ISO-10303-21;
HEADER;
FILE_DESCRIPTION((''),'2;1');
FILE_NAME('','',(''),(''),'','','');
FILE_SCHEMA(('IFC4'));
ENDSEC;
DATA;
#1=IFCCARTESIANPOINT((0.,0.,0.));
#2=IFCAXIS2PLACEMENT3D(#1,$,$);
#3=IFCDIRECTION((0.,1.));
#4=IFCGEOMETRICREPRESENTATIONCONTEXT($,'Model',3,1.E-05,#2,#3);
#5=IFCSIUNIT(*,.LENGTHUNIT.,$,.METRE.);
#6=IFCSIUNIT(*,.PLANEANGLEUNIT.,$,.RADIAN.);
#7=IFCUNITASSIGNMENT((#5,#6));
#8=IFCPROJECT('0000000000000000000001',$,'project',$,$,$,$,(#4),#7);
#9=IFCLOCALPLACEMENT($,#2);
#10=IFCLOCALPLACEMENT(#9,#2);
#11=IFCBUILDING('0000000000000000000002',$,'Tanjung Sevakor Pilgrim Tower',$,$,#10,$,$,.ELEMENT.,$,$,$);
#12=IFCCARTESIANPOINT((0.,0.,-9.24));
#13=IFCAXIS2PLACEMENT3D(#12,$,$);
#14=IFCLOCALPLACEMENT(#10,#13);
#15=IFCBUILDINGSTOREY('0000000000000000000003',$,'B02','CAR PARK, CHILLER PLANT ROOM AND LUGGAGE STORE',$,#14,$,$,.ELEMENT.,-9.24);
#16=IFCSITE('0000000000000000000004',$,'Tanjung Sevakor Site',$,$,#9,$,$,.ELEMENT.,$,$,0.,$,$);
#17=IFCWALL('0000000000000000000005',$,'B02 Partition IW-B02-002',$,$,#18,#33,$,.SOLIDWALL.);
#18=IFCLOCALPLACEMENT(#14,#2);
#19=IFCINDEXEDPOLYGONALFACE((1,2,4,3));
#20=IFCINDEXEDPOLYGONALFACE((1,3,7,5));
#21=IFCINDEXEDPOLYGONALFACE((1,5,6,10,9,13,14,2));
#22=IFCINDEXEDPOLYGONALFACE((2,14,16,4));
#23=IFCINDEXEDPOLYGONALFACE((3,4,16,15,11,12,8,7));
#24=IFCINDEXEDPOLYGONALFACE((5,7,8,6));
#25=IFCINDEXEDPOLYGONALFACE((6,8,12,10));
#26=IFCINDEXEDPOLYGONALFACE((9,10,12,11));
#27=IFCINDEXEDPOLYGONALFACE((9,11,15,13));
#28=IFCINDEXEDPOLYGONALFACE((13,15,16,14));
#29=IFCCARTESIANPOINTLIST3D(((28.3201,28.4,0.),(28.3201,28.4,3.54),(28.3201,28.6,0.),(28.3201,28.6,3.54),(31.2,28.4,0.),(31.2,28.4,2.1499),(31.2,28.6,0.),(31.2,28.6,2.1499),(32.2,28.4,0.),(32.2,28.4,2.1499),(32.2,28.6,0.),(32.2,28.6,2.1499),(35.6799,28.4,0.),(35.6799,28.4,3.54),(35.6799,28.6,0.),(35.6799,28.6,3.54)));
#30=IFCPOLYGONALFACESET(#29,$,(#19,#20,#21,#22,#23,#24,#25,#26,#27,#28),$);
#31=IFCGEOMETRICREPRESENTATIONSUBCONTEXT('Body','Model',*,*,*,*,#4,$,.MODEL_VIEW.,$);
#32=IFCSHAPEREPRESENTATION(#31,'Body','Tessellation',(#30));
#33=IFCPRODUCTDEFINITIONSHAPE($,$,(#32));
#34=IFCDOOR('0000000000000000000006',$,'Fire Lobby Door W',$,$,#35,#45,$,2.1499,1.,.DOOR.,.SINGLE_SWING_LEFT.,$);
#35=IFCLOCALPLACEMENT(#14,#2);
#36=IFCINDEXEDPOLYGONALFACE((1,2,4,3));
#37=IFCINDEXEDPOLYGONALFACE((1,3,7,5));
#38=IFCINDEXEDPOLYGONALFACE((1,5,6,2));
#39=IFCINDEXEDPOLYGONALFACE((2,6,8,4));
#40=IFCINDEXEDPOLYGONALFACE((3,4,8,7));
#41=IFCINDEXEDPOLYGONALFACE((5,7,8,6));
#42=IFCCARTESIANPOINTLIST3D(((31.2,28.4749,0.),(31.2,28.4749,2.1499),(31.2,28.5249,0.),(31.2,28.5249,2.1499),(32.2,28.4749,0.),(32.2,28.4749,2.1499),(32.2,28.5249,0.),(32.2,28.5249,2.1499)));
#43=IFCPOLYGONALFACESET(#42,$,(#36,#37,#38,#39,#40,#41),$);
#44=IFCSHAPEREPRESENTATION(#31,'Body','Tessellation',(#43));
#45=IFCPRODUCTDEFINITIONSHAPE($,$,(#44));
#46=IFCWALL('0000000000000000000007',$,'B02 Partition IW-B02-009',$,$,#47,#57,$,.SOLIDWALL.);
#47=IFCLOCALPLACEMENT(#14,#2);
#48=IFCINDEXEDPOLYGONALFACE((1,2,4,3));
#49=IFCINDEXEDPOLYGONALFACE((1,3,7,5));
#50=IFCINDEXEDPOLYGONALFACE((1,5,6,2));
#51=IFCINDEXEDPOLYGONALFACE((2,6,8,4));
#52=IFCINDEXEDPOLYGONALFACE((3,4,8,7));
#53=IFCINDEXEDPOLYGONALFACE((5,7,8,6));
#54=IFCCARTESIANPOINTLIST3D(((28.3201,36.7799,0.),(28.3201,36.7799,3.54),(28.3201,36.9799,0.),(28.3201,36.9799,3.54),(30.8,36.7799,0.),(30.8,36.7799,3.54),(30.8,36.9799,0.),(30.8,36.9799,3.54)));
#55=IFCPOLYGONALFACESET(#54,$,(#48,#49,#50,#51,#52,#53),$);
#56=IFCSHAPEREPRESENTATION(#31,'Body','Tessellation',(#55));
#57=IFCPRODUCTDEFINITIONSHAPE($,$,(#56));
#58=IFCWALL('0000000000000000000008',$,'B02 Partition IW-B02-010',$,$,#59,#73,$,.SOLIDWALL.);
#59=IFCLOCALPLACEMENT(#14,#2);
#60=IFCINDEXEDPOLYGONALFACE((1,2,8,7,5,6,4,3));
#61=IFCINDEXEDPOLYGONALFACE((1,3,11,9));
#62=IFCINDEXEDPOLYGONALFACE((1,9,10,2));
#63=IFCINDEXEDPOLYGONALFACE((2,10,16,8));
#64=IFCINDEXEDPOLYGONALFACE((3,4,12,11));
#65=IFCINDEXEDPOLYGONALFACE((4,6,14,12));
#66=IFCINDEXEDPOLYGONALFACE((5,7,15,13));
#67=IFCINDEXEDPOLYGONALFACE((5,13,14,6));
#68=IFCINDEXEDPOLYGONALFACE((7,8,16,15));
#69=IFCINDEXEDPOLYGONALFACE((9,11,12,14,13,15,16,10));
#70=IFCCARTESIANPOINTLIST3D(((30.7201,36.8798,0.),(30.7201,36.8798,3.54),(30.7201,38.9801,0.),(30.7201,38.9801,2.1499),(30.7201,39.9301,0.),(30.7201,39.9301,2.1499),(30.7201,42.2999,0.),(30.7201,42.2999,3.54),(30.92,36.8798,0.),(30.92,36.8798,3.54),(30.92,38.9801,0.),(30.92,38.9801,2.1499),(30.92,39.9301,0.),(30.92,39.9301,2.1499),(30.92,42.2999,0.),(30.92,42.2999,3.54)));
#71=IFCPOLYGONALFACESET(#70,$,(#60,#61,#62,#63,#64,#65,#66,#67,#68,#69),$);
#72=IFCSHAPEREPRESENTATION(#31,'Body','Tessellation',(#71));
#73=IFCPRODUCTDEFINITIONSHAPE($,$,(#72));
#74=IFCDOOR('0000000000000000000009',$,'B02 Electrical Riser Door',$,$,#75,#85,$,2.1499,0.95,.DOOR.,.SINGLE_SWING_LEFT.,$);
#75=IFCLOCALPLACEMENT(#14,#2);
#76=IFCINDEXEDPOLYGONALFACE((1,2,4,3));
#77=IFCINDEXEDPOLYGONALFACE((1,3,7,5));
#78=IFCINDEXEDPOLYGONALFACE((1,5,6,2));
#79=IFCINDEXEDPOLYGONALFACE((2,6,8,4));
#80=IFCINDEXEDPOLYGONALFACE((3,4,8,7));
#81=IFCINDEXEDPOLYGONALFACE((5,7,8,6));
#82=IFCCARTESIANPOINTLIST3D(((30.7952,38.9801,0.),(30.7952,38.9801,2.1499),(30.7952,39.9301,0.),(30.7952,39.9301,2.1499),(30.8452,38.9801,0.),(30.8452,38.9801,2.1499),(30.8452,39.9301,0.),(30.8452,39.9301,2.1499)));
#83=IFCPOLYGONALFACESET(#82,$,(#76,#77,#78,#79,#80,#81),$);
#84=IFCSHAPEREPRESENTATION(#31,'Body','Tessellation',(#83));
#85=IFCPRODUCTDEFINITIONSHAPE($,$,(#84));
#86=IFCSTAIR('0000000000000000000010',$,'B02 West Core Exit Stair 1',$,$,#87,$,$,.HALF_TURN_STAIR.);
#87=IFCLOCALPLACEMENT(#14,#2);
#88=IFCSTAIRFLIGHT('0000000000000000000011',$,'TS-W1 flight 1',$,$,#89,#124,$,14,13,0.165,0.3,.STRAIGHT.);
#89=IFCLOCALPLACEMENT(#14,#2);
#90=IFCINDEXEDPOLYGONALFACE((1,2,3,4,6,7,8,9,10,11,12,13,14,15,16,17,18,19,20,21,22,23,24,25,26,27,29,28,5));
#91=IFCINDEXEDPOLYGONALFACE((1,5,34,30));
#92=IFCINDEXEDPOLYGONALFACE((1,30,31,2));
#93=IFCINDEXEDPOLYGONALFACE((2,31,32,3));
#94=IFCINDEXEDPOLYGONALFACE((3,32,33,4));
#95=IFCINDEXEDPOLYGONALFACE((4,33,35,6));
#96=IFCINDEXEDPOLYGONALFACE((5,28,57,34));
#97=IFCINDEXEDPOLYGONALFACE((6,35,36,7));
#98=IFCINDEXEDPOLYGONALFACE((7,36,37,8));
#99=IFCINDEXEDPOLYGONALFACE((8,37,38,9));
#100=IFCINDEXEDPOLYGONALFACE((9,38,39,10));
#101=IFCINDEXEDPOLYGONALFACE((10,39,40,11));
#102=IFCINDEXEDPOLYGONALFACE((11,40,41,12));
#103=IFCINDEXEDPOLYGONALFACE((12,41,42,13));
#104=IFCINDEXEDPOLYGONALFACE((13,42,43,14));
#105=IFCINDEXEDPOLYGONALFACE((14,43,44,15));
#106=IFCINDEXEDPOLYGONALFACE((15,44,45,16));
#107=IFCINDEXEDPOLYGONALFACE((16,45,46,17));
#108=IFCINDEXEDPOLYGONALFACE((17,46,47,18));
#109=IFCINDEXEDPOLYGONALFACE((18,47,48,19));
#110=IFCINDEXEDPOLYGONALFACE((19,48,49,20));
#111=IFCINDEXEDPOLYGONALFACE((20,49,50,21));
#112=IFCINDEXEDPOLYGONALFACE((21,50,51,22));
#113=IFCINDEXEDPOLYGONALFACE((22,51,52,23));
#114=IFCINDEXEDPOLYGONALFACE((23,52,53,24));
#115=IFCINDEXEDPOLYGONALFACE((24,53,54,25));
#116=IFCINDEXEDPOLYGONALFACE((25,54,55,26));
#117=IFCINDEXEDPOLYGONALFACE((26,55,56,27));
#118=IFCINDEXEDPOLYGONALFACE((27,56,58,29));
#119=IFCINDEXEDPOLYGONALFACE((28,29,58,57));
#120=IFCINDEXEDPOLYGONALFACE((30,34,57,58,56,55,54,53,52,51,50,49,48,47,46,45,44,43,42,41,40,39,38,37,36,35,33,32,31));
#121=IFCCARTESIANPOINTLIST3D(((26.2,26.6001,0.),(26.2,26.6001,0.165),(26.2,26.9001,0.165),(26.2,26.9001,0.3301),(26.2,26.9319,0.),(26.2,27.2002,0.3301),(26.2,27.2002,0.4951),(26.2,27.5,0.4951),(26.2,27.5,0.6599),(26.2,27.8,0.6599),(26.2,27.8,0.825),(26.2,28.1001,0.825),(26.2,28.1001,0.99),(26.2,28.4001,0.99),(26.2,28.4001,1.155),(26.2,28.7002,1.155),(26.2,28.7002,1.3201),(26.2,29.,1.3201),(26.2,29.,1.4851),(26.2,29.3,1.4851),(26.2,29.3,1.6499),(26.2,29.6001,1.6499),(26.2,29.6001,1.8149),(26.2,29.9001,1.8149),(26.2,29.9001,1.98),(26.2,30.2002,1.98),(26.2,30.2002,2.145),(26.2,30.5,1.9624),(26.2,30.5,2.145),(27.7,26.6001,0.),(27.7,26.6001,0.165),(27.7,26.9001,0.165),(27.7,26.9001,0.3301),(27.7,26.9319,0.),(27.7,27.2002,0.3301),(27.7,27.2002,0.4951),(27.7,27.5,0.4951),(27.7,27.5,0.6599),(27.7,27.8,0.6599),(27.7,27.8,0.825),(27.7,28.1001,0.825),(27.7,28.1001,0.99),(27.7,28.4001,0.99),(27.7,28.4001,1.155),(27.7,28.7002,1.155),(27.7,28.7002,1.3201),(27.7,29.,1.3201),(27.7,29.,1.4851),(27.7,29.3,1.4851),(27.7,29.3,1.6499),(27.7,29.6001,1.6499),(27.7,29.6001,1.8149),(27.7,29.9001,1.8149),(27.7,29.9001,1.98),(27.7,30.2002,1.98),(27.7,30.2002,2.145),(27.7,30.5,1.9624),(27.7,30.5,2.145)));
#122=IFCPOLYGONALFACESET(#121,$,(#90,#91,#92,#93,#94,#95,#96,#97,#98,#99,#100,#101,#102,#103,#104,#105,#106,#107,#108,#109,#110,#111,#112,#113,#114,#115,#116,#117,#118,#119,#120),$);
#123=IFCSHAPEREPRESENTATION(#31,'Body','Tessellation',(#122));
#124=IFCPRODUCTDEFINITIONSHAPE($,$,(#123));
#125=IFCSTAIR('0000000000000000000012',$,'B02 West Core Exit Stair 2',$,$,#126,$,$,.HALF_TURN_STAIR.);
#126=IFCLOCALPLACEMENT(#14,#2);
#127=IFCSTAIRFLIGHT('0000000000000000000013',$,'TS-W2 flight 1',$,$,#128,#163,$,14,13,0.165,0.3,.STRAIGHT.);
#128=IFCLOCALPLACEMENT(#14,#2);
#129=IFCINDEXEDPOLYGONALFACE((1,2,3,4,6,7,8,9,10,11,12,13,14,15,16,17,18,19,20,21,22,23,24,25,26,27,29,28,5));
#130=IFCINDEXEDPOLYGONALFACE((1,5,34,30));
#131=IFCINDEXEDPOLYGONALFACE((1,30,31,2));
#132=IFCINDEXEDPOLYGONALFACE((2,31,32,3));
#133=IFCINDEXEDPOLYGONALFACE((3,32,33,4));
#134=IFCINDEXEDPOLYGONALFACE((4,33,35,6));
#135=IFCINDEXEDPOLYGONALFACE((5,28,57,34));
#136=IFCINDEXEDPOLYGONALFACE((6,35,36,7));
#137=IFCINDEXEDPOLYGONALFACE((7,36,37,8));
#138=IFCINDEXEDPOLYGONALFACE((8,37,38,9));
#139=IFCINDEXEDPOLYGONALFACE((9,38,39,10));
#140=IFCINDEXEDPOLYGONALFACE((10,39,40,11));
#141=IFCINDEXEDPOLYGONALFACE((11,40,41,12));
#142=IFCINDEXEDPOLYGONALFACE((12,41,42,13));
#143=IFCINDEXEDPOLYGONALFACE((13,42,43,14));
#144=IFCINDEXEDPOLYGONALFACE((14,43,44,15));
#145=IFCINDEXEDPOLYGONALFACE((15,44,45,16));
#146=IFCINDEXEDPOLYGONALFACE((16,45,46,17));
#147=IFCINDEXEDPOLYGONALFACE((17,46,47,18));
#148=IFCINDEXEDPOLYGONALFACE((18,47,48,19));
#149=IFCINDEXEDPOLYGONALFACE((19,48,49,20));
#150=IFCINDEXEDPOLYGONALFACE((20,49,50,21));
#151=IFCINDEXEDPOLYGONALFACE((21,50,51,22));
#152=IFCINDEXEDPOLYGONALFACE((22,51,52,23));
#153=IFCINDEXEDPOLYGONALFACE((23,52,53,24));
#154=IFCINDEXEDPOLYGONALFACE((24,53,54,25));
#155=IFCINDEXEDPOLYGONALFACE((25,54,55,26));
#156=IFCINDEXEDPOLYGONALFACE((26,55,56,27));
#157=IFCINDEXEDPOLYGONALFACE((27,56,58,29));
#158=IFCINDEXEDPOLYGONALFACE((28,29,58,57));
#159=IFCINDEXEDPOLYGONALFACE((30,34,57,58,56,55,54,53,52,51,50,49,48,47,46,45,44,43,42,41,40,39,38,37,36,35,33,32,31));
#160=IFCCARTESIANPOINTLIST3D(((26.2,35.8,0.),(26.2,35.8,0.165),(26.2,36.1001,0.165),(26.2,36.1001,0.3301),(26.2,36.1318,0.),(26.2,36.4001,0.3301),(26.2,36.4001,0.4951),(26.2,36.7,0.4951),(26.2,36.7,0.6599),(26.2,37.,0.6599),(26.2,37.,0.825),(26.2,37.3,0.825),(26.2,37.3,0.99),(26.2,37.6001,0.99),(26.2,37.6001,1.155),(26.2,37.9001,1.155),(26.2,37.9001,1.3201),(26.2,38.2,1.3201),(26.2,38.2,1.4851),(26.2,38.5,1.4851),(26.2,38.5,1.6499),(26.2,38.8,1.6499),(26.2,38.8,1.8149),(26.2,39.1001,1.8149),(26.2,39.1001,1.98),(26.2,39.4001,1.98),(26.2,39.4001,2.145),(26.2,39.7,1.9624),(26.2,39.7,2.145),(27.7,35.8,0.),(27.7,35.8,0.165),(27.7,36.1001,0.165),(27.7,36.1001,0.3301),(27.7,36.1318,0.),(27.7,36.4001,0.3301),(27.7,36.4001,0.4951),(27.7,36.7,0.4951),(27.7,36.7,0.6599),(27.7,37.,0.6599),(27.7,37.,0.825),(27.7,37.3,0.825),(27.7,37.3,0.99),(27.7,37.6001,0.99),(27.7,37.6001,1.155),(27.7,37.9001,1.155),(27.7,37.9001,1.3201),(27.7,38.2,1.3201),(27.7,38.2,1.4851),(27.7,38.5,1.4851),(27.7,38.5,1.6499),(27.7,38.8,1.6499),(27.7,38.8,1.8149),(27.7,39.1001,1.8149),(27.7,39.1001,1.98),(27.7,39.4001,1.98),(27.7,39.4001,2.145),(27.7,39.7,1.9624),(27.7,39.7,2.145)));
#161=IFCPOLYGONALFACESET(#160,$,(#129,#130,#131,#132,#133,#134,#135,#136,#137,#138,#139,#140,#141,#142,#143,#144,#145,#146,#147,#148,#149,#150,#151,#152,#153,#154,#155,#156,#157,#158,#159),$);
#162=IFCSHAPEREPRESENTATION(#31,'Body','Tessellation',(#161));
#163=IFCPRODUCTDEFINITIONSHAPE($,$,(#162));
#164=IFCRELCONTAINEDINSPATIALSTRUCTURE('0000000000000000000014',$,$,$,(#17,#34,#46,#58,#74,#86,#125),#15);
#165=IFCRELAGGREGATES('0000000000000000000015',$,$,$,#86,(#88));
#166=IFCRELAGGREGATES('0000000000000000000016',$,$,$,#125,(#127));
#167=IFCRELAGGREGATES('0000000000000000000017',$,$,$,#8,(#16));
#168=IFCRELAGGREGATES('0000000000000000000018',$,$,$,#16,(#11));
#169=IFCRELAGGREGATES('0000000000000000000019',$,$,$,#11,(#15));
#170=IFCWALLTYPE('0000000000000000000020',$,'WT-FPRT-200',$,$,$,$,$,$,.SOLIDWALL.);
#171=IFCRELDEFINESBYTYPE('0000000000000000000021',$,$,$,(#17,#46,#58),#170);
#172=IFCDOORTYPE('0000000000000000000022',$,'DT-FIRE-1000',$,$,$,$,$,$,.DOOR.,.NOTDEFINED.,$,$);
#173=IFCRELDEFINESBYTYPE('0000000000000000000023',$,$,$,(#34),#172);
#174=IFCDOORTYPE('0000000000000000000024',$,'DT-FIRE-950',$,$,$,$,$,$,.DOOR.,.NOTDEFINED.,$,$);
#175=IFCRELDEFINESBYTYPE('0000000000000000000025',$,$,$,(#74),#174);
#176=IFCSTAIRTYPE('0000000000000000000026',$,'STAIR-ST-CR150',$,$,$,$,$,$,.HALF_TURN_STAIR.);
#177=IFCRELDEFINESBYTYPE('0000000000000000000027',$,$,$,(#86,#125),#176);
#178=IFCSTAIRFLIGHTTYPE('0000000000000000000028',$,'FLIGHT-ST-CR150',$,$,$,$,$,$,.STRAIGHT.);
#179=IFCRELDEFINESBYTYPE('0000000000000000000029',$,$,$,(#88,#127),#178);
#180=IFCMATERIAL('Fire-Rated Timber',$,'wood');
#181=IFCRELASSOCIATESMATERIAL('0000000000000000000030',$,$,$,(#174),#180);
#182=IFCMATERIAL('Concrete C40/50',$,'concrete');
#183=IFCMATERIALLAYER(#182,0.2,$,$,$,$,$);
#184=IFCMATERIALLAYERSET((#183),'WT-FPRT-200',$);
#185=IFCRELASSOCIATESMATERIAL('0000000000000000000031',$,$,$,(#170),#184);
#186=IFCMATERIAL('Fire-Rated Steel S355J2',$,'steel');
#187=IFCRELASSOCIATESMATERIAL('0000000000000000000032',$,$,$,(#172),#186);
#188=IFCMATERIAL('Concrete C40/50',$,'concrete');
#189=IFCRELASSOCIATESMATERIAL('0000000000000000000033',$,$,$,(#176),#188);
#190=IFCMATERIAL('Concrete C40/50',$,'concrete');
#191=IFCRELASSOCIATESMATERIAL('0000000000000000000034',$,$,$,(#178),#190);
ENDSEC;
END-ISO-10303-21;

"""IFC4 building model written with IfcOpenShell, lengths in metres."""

from ifc_helpers import new_model, si_unit, direction, frame, frame_2d, origin, place, context, subcontext, project, spatial, polyline, rectangle, outline, extrude, material, layer, layer_set, type_object, element, fill, aggregate, save


model = new_model("IFC4")

# Units and contexts
model_context = context("Model", 3, precision=1e-05, world=origin(), true_north=direction((0.0, 1.0)))
body_context = subcontext(model_context, "Body", "Model", "MODEL_VIEW")
ifc_project = project(units=[si_unit("LENGTHUNIT", "METRE"), si_unit("PLANEANGLEUNIT", "RADIAN")], contexts=[model_context])

# Site, building, storey
site_placement = place(None, origin())
site = spatial("IfcSite", under=ifc_project, at=site_placement, Name="Tanjung Sevakor Site", CompositionType="ELEMENT", RefElevation=0.0)
building_placement = place(site_placement, origin())
building = spatial("IfcBuilding", under=site, at=building_placement, Name="Tanjung Sevakor Pilgrim Tower", CompositionType="ELEMENT")
storey_placement = place(building_placement, frame((0.0, 0.0, -9.24)))
storey = spatial("IfcBuildingStorey", under=building, at=storey_placement, Name="B02", Description="CAR PARK, CHILLER PLANT ROOM AND LUGGAGE STORE", CompositionType="ELEMENT", Elevation=-9.24)

# Shared definitions
ifc_material_1 = material(Name="Fire-Rated Timber", Category="wood")
door_type_1 = type_object("IfcDoorType", Name="DT-FIRE-950", OperationType="NOTDEFINED", PredefinedType="DOOR", material=ifc_material_1)

# Wall, opening, door
ifc_material_2 = material(Name="Concrete C40/50", Category="concrete")
ifc_layer_1 = layer(ifc_material_2, 0.2)
ifc_layer_set_1 = layer_set([ifc_layer_1], Name="WT-FPRT-200")
wall_type_1 = type_object("IfcWallType", Name="WT-FPRT-200", PredefinedType="SOLIDWALL", material=ifc_layer_set_1)
wall_1_placement = place(storey_placement, frame((28.3201, 28.5, 0.0), z_axis=(0.0, 0.0, 1.0), x_axis=(1.0, 0.0, 0.0)))
wall_1 = element("IfcWall", 1, at=wall_1_placement, inside=storey, type_object=wall_type_1, Name="B02 Partition IW-B02-002", PredefinedType="SOLIDWALL", context=body_context, shape_type="SweptSolid", body=[
    extrude(rectangle(XDim=7.3599, YDim=0.2, at=frame_2d((3.6799, 0.0))), origin(), (0.0, 0.0, 1.0), 3.54),
])
opening_1_placement = place(wall_1_placement, frame((2.8799, 0.0, 0.0)))
opening_1 = element("IfcOpeningElement", 2, at=opening_1_placement, cuts=wall_1, PredefinedType="OPENING", context=body_context, shape_type="SweptSolid", body=[
    extrude(rectangle(XDim=1.0, YDim=2.1499, at=frame_2d((0.5, 1.075))), frame((0.0, 0.1099, 0.0), z_axis=(0.0, -1.0, 0.0), x_axis=(1.0, 0.0, 0.0)), (0.0, 0.0, 1.0), 0.22),
])
ifc_material_3 = material(Name="Fire-Rated Steel S355J2", Category="steel")
door_type_2 = type_object("IfcDoorType", Name="DT-FIRE-1000", OperationType="NOTDEFINED", PredefinedType="DOOR", material=ifc_material_3)
door_1_placement = place(opening_1_placement, origin())
door_1 = element("IfcDoor", 3, at=door_1_placement, inside=storey, type_object=door_type_2, Name="Fire Lobby Door W", OperationType="SINGLE_SWING_LEFT", OverallHeight=2.1499, OverallWidth=1.0, PredefinedType="DOOR", context=body_context, shape_type="SweptSolid", body=[
    extrude(rectangle(XDim=1.0, YDim=2.1499, at=frame_2d((0.5, 1.075))), frame((0.0, 0.0249, 0.0), z_axis=(0.0, -1.0, 0.0), x_axis=(1.0, 0.0, 0.0)), (0.0, 0.0, 1.0), 0.05),
])
fill(opening_1, door_1)

# Wall
wall_2_placement = place(storey_placement, frame((28.3201, 36.8799, 0.0), z_axis=(0.0, 0.0, 1.0), x_axis=(1.0, 0.0, 0.0)))
element("IfcWall", 4, at=wall_2_placement, inside=storey, type_object=wall_type_1, Name="B02 Partition IW-B02-009", PredefinedType="SOLIDWALL", context=body_context, shape_type="SweptSolid", body=[
    extrude(rectangle(XDim=2.48, YDim=0.2, at=frame_2d((1.24, 0.0))), origin(), (0.0, 0.0, 1.0), 3.54),
])

# Wall, opening, door
wall_3_placement = place(storey_placement, frame((30.8201, 36.8799, 0.0), z_axis=(0.0, 0.0, 1.0), x_axis=(0.0, 1.0, 0.0)))
wall_3 = element("IfcWall", 5, at=wall_3_placement, inside=storey, type_object=wall_type_1, Name="B02 Partition IW-B02-010", PredefinedType="SOLIDWALL", context=body_context, shape_type="SweptSolid", body=[
    extrude(rectangle(XDim=5.4202, YDim=0.2, at=frame_2d((2.71, 0.0))), origin(), (0.0, 0.0, 1.0), 3.54),
])
opening_2_placement = place(wall_3_placement, frame((2.1001, 0.0, 0.0)))
opening_2 = element("IfcOpeningElement", 6, at=opening_2_placement, cuts=wall_3, PredefinedType="OPENING", context=body_context, shape_type="SweptSolid", body=[
    extrude(rectangle(XDim=0.95, YDim=2.1499, at=frame_2d((0.4751, 1.075))), frame((0.0, 0.1099, 0.0), z_axis=(0.0, -1.0, 0.0), x_axis=(1.0, 0.0, 0.0)), (0.0, 0.0, 1.0), 0.22),
])
door_2_placement = place(opening_2_placement, origin())
door_2 = element("IfcDoor", 7, at=door_2_placement, inside=storey, type_object=door_type_1, Name="B02 Electrical Riser Door", OperationType="SINGLE_SWING_LEFT", OverallHeight=2.1499, OverallWidth=0.95, PredefinedType="DOOR", context=body_context, shape_type="SweptSolid", body=[
    extrude(rectangle(XDim=0.95, YDim=2.1499, at=frame_2d((0.4751, 1.075))), frame((0.0, 0.0249, 0.0), z_axis=(0.0, -1.0, 0.0), x_axis=(1.0, 0.0, 0.0)), (0.0, 0.0, 1.0), 0.05),
])
fill(opening_2, door_2)

# Stairs, stair flights
ifc_material_4 = material(Name="Concrete C40/50", Category="concrete")
stair_type = type_object("IfcStairType", Name="STAIR-ST-CR150", PredefinedType="HALF_TURN_STAIR", material=ifc_material_4)
stair_1_placement = place(storey_placement, origin())
stair_1 = element("IfcStair", 8, at=stair_1_placement, inside=storey, type_object=stair_type, Name="B02 West Core Exit Stair 1", PredefinedType="HALF_TURN_STAIR")
ifc_material_5 = material(Name="Concrete C40/50", Category="concrete")
stair_flight_type = type_object("IfcStairFlightType", Name="FLIGHT-ST-CR150", PredefinedType="STRAIGHT", material=ifc_material_5)
stair_flight_1_placement = place(storey_placement, frame((26.95, 26.6001, 0.0), z_axis=(0.0, 0.0, 1.0), x_axis=(0.0, 1.0, 0.0)))
stair_flight_1 = element("IfcStairFlight", 9, at=stair_flight_1_placement, type_object=stair_flight_type, Name="TS-W1 flight 1", NumberOfRisers=14, NumberOfTreads=13, PredefinedType="STRAIGHT", RiserHeight=0.165, TreadLength=0.3, context=body_context, shape_type="SweptSolid", body=[
    extrude(outline(polyline([(0.0, 0.0), (0.0, 0.165), (0.3, 0.165), (0.3, 0.3301), (0.6001, 0.3301), (0.6001, 0.4951), (0.8999, 0.4951), (0.8999, 0.6599), (1.2, 0.6599), (1.2, 0.825), (1.5, 0.825), (1.5, 0.99), (1.8, 0.99), (1.8, 1.155), (2.1001, 1.155), (2.1001, 1.3201), (2.3999, 1.3201), (2.3999, 1.4851), (2.7, 1.4851), (2.7, 1.6499), (3.0, 1.6499), (3.0, 1.8149), (3.3, 1.8149), (3.3, 1.98), (3.6001, 1.98), (3.6001, 2.145), (3.8999, 2.145), (3.8999, 2.3101), (3.8999, 1.9624), (0.3318, 0.0), (0.0, 0.0)])), frame((0.0, 0.75, 0.0), z_axis=(0.0, -1.0, 0.0), x_axis=(1.0, 0.0, 0.0)), (0.0, 0.0, 1.0), 1.5),
])
aggregate(stair_1, [stair_flight_1])
stair_2_placement = place(storey_placement, origin())
stair_2 = element("IfcStair", 10, at=stair_2_placement, inside=storey, type_object=stair_type, Name="B02 West Core Exit Stair 2", PredefinedType="HALF_TURN_STAIR")
stair_flight_2_placement = place(storey_placement, frame((26.95, 35.8, 0.0), z_axis=(0.0, 0.0, 1.0), x_axis=(0.0, 1.0, 0.0)))
stair_flight_2 = element("IfcStairFlight", 11, at=stair_flight_2_placement, type_object=stair_flight_type, Name="TS-W2 flight 1", NumberOfRisers=14, NumberOfTreads=13, PredefinedType="STRAIGHT", RiserHeight=0.165, TreadLength=0.3, context=body_context, shape_type="SweptSolid", body=[
    extrude(outline(polyline([(0.0, 0.0), (0.0, 0.165), (0.3, 0.165), (0.3, 0.3301), (0.6001, 0.3301), (0.6001, 0.4951), (0.8999, 0.4951), (0.8999, 0.6599), (1.2, 0.6599), (1.2, 0.825), (1.5, 0.825), (1.5, 0.99), (1.8, 0.99), (1.8, 1.155), (2.1001, 1.155), (2.1001, 1.3201), (2.3999, 1.3201), (2.3999, 1.4851), (2.7, 1.4851), (2.7, 1.6499), (3.0, 1.6499), (3.0, 1.8149), (3.3, 1.8149), (3.3, 1.98), (3.6001, 1.98), (3.6001, 2.145), (3.8999, 2.145), (3.8999, 2.3101), (3.8999, 1.9624), (0.3318, 0.0), (0.0, 0.0)])), frame((0.0, 0.75, 0.0), z_axis=(0.0, -1.0, 0.0), x_axis=(1.0, 0.0, 0.0)), (0.0, 0.0, 1.0), 1.5),
])
aggregate(stair_2, [stair_flight_2])

save(model, "model.ifc")
